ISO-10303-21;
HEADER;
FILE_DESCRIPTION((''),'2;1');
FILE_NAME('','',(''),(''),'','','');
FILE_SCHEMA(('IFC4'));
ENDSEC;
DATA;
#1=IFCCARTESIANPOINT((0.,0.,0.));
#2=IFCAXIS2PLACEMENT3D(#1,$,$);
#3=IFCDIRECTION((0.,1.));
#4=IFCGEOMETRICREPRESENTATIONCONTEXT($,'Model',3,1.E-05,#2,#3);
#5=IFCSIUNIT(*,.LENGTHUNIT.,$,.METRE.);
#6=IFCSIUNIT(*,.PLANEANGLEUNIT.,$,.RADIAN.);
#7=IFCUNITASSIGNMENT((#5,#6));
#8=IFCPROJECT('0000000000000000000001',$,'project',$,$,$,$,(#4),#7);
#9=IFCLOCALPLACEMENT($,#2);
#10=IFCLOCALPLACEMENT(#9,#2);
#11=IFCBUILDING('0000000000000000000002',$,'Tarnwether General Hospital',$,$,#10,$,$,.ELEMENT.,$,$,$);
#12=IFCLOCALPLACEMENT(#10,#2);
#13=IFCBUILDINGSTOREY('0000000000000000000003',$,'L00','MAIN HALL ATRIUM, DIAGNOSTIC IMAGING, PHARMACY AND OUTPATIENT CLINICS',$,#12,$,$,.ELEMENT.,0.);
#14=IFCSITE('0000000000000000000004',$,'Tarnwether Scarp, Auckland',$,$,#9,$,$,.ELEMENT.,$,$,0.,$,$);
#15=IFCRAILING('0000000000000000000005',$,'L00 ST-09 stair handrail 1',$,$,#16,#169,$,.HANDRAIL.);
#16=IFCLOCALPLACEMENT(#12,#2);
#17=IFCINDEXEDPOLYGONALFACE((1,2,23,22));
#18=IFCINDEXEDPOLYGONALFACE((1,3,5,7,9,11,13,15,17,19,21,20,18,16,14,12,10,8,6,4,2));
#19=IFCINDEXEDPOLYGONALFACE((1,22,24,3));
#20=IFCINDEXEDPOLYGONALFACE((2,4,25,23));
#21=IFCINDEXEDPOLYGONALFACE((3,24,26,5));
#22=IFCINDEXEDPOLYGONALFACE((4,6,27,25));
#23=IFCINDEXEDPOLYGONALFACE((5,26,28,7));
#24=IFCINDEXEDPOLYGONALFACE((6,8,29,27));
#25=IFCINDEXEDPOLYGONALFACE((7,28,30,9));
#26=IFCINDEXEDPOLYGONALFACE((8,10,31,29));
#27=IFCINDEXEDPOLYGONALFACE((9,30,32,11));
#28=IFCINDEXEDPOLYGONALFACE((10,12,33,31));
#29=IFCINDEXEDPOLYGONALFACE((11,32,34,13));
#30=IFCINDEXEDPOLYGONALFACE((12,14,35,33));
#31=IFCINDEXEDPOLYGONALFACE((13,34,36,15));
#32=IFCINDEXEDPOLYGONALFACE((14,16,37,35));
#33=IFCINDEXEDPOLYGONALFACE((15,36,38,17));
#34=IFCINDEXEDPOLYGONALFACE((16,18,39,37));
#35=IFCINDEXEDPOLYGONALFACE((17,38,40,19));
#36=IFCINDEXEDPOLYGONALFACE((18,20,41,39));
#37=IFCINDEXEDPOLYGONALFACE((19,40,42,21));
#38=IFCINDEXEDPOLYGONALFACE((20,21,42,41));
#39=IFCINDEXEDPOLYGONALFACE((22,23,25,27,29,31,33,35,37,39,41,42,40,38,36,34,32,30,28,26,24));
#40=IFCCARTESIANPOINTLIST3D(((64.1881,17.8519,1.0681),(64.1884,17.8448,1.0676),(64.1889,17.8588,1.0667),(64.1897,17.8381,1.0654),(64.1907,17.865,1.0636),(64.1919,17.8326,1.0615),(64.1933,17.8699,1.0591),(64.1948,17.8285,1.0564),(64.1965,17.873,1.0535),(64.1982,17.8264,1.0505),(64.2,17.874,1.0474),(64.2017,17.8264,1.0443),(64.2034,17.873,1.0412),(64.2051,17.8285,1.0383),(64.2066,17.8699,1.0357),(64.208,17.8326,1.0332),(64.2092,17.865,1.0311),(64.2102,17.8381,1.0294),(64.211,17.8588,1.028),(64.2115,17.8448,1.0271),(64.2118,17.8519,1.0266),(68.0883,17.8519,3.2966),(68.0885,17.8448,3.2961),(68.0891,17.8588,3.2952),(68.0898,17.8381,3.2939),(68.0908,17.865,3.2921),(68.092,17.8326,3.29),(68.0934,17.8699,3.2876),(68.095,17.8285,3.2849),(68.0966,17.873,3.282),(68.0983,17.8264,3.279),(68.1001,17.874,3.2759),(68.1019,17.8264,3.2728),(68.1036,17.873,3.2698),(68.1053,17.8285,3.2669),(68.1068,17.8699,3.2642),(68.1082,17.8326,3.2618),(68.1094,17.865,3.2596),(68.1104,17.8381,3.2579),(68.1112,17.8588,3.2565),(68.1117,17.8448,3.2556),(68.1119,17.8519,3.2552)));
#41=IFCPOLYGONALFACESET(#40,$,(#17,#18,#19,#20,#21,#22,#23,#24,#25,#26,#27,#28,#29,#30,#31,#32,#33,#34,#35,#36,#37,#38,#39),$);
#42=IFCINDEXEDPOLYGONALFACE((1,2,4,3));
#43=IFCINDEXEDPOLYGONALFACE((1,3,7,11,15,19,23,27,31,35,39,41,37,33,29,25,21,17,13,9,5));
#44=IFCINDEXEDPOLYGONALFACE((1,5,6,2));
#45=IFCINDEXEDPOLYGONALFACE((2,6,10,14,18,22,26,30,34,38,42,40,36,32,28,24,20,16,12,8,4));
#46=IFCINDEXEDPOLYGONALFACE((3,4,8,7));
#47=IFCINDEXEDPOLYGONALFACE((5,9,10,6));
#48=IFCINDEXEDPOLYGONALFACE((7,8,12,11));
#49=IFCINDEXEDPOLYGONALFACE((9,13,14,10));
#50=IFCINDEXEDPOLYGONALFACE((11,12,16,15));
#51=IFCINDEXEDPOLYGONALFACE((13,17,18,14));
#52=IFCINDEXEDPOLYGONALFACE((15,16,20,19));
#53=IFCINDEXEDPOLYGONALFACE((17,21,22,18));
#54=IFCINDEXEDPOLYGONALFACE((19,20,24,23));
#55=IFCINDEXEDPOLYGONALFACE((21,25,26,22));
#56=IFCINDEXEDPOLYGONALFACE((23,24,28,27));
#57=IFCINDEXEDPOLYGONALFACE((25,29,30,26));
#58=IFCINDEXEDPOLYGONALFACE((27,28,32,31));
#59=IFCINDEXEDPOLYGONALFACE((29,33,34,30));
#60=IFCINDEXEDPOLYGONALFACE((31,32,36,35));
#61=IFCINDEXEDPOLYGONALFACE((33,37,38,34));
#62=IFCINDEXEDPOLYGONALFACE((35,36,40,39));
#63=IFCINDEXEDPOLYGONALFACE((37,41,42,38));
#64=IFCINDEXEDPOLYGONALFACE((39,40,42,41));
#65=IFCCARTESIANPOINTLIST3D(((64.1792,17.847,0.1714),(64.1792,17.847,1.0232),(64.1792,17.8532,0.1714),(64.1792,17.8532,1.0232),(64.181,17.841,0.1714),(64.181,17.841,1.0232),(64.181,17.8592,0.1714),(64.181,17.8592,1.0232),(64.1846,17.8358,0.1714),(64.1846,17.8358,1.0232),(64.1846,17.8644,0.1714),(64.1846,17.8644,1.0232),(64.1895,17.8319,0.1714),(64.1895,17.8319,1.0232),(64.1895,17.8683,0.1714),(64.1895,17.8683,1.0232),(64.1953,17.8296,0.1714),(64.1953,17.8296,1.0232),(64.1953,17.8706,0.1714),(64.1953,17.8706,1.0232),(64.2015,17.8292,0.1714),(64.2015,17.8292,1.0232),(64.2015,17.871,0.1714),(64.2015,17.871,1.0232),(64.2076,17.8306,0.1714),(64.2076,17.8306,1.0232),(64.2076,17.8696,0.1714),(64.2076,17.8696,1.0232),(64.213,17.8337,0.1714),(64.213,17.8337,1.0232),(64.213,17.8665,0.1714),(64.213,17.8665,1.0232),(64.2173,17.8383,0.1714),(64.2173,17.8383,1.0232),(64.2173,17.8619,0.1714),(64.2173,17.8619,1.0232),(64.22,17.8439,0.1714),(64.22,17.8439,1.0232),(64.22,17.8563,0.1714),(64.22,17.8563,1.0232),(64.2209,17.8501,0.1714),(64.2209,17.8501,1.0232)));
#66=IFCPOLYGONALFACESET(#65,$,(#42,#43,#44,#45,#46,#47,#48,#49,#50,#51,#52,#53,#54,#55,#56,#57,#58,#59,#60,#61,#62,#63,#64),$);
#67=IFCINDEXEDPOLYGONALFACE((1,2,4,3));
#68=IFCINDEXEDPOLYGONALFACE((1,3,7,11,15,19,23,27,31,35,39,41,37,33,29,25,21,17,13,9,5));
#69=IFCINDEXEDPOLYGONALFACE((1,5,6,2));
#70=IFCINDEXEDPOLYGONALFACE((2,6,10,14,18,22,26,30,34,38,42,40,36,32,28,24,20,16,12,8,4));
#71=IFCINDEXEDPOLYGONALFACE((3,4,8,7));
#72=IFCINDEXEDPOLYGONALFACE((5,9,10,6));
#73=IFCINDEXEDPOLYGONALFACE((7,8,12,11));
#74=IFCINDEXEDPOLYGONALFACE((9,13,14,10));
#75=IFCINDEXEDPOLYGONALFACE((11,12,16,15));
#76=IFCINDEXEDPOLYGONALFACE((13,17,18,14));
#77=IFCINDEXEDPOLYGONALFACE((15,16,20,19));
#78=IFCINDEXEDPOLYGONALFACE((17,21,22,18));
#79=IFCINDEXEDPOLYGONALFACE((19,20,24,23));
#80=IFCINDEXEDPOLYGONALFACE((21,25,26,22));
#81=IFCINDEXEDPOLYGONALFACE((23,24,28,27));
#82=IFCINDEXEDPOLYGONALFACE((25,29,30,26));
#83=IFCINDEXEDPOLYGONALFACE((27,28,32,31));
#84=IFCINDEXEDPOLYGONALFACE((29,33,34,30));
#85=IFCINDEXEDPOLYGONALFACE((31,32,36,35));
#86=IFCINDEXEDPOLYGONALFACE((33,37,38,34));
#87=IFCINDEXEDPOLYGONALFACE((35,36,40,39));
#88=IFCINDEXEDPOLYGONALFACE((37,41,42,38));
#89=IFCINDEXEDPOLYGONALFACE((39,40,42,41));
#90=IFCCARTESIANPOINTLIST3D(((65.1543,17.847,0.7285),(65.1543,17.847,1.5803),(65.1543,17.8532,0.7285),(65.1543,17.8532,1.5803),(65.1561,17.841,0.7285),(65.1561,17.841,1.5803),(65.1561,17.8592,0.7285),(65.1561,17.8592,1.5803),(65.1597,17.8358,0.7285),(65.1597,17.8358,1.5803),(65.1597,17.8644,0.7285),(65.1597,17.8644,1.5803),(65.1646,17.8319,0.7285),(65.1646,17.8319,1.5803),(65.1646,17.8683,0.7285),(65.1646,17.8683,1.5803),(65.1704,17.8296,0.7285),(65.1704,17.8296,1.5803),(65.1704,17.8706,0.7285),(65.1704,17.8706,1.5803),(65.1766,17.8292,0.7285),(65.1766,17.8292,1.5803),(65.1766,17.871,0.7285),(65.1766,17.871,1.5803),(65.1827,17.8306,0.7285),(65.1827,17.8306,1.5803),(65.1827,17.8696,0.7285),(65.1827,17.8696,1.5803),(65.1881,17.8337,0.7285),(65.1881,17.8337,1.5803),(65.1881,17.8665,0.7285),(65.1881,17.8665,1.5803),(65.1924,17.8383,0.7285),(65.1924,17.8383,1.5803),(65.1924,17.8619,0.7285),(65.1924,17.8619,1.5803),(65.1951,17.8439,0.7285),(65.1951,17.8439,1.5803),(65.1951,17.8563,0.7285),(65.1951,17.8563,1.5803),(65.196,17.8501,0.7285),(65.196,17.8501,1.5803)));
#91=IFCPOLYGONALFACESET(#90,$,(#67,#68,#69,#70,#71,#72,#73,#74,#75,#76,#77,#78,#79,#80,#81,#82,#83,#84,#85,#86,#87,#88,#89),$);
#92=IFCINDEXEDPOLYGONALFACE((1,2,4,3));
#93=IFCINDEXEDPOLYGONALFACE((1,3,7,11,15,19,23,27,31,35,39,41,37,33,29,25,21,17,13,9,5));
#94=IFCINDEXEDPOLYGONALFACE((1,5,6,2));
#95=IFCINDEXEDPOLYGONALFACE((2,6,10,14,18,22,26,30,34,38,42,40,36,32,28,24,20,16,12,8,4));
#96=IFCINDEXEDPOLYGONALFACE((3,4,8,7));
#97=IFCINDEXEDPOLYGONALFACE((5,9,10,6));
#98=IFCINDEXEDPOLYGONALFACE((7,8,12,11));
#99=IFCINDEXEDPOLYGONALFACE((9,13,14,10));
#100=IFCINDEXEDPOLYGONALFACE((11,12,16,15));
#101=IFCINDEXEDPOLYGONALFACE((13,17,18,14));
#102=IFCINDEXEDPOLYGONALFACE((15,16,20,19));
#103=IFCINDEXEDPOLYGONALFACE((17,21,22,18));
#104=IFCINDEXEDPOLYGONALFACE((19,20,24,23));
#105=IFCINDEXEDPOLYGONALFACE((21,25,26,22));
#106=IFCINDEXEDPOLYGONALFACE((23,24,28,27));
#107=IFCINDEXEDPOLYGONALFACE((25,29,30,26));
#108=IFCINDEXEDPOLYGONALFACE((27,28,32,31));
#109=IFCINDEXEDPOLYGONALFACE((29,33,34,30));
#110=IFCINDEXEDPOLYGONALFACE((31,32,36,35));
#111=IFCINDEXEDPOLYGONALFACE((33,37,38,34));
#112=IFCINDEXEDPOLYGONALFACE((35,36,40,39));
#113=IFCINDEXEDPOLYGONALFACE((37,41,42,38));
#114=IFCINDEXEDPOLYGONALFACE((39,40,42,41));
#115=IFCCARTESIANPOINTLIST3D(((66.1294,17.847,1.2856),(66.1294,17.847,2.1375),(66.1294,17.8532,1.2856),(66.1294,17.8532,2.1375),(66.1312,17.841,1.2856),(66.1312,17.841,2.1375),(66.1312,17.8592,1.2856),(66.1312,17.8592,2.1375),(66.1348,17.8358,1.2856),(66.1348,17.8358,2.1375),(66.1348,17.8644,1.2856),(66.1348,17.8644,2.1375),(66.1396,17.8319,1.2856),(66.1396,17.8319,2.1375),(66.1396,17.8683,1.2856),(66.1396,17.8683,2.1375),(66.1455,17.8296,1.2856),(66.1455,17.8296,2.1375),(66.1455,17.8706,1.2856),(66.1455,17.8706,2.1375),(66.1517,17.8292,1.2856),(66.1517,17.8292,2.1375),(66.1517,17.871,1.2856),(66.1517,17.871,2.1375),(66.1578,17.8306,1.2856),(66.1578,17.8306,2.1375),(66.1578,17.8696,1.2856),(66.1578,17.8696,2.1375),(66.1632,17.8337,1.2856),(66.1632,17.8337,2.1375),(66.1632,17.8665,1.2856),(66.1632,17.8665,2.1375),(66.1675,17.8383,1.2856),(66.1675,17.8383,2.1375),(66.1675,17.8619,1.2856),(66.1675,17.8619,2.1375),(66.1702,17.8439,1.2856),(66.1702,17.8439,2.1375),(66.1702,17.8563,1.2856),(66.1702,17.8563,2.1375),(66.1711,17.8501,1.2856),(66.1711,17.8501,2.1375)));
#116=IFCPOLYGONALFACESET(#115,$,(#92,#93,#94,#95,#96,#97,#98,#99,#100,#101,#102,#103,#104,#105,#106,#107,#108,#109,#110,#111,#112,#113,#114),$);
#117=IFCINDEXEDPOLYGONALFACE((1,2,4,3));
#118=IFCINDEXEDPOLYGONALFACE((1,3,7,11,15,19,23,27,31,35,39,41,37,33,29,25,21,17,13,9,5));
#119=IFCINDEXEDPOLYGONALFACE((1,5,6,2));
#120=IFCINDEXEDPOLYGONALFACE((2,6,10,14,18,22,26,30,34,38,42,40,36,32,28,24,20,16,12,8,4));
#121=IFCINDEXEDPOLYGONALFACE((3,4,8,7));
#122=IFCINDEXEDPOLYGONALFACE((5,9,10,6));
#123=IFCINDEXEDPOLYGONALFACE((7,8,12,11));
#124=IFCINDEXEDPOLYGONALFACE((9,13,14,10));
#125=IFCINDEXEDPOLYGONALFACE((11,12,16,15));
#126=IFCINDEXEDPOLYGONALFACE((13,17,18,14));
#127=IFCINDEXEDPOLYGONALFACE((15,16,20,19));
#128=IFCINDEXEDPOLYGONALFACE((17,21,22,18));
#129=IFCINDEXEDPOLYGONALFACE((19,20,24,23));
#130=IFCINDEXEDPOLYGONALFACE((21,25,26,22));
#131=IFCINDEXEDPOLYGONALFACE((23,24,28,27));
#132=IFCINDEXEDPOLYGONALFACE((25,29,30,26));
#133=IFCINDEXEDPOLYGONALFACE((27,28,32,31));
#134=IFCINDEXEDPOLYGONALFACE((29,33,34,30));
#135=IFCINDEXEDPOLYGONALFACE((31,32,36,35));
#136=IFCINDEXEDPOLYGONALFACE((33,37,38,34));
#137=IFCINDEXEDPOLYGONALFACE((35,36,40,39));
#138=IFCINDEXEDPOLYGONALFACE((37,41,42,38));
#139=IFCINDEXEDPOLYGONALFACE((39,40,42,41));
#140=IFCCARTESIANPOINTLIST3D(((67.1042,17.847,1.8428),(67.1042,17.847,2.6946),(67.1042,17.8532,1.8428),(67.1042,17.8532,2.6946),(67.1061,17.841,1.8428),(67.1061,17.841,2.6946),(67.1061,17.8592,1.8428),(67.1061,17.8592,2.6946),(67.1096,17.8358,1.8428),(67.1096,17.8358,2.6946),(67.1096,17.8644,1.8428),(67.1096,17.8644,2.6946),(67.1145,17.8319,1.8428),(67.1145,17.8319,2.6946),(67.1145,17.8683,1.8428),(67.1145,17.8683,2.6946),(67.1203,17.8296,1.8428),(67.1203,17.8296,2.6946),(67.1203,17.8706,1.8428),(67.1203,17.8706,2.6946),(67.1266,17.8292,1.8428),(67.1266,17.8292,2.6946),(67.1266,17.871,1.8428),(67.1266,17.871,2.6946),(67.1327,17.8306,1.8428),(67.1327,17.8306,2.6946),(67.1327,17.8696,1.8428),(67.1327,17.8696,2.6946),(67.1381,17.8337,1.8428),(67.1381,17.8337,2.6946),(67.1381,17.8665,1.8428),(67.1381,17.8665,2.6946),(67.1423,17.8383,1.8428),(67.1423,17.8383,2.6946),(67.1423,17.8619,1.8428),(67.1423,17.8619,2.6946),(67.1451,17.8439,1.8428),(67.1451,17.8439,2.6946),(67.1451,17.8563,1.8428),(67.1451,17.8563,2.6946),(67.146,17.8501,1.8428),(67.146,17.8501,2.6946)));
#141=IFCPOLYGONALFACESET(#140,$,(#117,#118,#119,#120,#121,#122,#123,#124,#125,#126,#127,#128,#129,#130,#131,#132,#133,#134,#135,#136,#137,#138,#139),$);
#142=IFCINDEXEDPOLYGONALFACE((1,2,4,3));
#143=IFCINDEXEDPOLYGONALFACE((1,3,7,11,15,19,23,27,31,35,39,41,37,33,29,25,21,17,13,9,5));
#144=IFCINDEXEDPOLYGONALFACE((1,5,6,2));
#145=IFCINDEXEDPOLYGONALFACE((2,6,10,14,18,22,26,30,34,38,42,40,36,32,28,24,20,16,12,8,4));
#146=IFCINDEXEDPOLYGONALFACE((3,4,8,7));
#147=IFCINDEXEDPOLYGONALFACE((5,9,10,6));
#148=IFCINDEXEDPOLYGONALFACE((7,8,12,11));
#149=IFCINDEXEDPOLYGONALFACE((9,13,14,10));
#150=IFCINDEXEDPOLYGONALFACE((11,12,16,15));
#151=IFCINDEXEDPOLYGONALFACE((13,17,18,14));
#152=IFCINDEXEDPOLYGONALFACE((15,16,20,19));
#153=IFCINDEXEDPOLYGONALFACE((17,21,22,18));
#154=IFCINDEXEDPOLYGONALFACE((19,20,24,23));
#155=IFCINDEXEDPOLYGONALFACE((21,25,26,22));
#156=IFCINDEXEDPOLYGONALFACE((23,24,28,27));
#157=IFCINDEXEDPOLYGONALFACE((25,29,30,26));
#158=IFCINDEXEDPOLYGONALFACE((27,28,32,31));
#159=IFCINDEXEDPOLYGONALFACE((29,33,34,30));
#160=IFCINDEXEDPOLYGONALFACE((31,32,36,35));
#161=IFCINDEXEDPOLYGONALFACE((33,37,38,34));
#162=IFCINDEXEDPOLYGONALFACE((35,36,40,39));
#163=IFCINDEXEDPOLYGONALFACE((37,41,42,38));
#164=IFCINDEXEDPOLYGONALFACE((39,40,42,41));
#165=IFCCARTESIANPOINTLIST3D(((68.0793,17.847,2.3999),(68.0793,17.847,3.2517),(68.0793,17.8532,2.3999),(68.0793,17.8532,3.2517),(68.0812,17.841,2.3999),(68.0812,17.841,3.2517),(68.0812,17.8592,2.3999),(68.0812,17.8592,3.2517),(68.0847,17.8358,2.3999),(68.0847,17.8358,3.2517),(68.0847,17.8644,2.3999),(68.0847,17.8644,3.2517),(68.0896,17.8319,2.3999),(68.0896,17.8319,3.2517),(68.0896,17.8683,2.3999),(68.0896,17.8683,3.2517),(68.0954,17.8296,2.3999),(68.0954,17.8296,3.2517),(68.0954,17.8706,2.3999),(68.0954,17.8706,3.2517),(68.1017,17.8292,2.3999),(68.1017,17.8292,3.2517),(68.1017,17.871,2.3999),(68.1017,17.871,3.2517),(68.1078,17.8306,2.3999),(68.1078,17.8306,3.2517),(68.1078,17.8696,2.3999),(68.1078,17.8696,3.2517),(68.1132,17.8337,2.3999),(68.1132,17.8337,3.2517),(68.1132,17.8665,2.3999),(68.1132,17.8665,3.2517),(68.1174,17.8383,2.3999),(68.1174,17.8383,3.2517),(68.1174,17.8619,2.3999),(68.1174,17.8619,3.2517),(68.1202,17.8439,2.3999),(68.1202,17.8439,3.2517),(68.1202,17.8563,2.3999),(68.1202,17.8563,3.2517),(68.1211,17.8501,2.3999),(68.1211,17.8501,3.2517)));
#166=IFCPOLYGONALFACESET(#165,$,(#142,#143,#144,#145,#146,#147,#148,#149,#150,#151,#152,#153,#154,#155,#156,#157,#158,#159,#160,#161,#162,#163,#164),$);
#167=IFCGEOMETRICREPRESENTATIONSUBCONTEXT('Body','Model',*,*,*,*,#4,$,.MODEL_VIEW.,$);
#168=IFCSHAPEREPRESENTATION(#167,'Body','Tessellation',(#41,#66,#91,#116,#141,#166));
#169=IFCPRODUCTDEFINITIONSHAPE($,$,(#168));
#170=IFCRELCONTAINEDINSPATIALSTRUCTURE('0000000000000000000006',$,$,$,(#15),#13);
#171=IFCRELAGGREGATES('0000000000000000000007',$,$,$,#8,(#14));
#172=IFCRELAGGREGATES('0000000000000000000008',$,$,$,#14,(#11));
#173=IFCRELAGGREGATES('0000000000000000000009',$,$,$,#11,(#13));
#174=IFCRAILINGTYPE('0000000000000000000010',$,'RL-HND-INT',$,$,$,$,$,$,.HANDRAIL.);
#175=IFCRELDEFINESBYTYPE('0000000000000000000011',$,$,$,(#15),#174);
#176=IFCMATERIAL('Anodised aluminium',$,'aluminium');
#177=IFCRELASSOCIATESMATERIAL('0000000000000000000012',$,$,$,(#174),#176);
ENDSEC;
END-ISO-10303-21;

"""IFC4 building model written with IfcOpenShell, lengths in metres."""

from ifc_helpers import new_model, si_unit, direction, frame, origin, origin_2d, place, context, subcontext, project, spatial, circle, extrude, material, type_object, element, save


model = new_model("IFC4")

# Units and contexts
model_context = context("Model", 3, precision=1e-05, world=origin(), true_north=direction((0.0, 1.0)))
body_context = subcontext(model_context, "Body", "Model", "MODEL_VIEW")
ifc_project = project(units=[si_unit("LENGTHUNIT", "METRE"), si_unit("PLANEANGLEUNIT", "RADIAN")], contexts=[model_context])

# Site, building, storey
site_placement = place(None, origin())
site = spatial("IfcSite", under=ifc_project, at=site_placement, Name="Tarnwether Scarp, Auckland", CompositionType="ELEMENT", RefElevation=0.0)
building_placement = place(site_placement, origin())
building = spatial("IfcBuilding", under=site, at=building_placement, Name="Tarnwether General Hospital", CompositionType="ELEMENT")
storey_placement = place(building_placement, origin())
storey = spatial("IfcBuildingStorey", under=building, at=storey_placement, Name="L00", Description="MAIN HALL ATRIUM, DIAGNOSTIC IMAGING, PHARMACY AND OUTPATIENT CLINICS", CompositionType="ELEMENT", Elevation=0.0)

# Railing
ifc_material_1 = material(Name="Anodised aluminium", Category="aluminium")
railing_type = type_object("IfcRailingType", Name="RL-HND-INT", PredefinedType="HANDRAIL", material=ifc_material_1)
railing_placement = place(storey_placement, frame((64.2, 17.8501, 0.1714)))
element("IfcRailing", 1, at=railing_placement, inside=storey, type_object=railing_type, Name="L00 ST-09 stair handrail 1", PredefinedType="HANDRAIL", context=body_context, shape_type="SweptSolid", body=[
    extrude(circle(Radius=0.0239, at=origin_2d()), frame((0.0, 0.0, 0.876), z_axis=(0.868257, 0.0, 0.496116), x_axis=(0.0, 1.0, 0.0)), (0.0, 0.0, 1.0), 4.4919),
    extrude(circle(Radius=0.021, at=origin_2d()), origin(), (0.0, 0.0, 1.0), 0.8518),
    extrude(circle(Radius=0.021, at=origin_2d()), frame((0.9751, 0.0, 0.5571)), (0.0, 0.0, 1.0), 0.8518),
    extrude(circle(Radius=0.021, at=origin_2d()), frame((1.9502, 0.0, 1.1143)), (0.0, 0.0, 1.0), 0.8518),
    extrude(circle(Radius=0.021, at=origin_2d()), frame((2.925, 0.0, 1.6714)), (0.0, 0.0, 1.0), 0.8518),
    extrude(circle(Radius=0.021, at=origin_2d()), frame((3.9001, 0.0, 2.2285)), (0.0, 0.0, 1.0), 0.8518),
])

save(model, "model.ifc")
